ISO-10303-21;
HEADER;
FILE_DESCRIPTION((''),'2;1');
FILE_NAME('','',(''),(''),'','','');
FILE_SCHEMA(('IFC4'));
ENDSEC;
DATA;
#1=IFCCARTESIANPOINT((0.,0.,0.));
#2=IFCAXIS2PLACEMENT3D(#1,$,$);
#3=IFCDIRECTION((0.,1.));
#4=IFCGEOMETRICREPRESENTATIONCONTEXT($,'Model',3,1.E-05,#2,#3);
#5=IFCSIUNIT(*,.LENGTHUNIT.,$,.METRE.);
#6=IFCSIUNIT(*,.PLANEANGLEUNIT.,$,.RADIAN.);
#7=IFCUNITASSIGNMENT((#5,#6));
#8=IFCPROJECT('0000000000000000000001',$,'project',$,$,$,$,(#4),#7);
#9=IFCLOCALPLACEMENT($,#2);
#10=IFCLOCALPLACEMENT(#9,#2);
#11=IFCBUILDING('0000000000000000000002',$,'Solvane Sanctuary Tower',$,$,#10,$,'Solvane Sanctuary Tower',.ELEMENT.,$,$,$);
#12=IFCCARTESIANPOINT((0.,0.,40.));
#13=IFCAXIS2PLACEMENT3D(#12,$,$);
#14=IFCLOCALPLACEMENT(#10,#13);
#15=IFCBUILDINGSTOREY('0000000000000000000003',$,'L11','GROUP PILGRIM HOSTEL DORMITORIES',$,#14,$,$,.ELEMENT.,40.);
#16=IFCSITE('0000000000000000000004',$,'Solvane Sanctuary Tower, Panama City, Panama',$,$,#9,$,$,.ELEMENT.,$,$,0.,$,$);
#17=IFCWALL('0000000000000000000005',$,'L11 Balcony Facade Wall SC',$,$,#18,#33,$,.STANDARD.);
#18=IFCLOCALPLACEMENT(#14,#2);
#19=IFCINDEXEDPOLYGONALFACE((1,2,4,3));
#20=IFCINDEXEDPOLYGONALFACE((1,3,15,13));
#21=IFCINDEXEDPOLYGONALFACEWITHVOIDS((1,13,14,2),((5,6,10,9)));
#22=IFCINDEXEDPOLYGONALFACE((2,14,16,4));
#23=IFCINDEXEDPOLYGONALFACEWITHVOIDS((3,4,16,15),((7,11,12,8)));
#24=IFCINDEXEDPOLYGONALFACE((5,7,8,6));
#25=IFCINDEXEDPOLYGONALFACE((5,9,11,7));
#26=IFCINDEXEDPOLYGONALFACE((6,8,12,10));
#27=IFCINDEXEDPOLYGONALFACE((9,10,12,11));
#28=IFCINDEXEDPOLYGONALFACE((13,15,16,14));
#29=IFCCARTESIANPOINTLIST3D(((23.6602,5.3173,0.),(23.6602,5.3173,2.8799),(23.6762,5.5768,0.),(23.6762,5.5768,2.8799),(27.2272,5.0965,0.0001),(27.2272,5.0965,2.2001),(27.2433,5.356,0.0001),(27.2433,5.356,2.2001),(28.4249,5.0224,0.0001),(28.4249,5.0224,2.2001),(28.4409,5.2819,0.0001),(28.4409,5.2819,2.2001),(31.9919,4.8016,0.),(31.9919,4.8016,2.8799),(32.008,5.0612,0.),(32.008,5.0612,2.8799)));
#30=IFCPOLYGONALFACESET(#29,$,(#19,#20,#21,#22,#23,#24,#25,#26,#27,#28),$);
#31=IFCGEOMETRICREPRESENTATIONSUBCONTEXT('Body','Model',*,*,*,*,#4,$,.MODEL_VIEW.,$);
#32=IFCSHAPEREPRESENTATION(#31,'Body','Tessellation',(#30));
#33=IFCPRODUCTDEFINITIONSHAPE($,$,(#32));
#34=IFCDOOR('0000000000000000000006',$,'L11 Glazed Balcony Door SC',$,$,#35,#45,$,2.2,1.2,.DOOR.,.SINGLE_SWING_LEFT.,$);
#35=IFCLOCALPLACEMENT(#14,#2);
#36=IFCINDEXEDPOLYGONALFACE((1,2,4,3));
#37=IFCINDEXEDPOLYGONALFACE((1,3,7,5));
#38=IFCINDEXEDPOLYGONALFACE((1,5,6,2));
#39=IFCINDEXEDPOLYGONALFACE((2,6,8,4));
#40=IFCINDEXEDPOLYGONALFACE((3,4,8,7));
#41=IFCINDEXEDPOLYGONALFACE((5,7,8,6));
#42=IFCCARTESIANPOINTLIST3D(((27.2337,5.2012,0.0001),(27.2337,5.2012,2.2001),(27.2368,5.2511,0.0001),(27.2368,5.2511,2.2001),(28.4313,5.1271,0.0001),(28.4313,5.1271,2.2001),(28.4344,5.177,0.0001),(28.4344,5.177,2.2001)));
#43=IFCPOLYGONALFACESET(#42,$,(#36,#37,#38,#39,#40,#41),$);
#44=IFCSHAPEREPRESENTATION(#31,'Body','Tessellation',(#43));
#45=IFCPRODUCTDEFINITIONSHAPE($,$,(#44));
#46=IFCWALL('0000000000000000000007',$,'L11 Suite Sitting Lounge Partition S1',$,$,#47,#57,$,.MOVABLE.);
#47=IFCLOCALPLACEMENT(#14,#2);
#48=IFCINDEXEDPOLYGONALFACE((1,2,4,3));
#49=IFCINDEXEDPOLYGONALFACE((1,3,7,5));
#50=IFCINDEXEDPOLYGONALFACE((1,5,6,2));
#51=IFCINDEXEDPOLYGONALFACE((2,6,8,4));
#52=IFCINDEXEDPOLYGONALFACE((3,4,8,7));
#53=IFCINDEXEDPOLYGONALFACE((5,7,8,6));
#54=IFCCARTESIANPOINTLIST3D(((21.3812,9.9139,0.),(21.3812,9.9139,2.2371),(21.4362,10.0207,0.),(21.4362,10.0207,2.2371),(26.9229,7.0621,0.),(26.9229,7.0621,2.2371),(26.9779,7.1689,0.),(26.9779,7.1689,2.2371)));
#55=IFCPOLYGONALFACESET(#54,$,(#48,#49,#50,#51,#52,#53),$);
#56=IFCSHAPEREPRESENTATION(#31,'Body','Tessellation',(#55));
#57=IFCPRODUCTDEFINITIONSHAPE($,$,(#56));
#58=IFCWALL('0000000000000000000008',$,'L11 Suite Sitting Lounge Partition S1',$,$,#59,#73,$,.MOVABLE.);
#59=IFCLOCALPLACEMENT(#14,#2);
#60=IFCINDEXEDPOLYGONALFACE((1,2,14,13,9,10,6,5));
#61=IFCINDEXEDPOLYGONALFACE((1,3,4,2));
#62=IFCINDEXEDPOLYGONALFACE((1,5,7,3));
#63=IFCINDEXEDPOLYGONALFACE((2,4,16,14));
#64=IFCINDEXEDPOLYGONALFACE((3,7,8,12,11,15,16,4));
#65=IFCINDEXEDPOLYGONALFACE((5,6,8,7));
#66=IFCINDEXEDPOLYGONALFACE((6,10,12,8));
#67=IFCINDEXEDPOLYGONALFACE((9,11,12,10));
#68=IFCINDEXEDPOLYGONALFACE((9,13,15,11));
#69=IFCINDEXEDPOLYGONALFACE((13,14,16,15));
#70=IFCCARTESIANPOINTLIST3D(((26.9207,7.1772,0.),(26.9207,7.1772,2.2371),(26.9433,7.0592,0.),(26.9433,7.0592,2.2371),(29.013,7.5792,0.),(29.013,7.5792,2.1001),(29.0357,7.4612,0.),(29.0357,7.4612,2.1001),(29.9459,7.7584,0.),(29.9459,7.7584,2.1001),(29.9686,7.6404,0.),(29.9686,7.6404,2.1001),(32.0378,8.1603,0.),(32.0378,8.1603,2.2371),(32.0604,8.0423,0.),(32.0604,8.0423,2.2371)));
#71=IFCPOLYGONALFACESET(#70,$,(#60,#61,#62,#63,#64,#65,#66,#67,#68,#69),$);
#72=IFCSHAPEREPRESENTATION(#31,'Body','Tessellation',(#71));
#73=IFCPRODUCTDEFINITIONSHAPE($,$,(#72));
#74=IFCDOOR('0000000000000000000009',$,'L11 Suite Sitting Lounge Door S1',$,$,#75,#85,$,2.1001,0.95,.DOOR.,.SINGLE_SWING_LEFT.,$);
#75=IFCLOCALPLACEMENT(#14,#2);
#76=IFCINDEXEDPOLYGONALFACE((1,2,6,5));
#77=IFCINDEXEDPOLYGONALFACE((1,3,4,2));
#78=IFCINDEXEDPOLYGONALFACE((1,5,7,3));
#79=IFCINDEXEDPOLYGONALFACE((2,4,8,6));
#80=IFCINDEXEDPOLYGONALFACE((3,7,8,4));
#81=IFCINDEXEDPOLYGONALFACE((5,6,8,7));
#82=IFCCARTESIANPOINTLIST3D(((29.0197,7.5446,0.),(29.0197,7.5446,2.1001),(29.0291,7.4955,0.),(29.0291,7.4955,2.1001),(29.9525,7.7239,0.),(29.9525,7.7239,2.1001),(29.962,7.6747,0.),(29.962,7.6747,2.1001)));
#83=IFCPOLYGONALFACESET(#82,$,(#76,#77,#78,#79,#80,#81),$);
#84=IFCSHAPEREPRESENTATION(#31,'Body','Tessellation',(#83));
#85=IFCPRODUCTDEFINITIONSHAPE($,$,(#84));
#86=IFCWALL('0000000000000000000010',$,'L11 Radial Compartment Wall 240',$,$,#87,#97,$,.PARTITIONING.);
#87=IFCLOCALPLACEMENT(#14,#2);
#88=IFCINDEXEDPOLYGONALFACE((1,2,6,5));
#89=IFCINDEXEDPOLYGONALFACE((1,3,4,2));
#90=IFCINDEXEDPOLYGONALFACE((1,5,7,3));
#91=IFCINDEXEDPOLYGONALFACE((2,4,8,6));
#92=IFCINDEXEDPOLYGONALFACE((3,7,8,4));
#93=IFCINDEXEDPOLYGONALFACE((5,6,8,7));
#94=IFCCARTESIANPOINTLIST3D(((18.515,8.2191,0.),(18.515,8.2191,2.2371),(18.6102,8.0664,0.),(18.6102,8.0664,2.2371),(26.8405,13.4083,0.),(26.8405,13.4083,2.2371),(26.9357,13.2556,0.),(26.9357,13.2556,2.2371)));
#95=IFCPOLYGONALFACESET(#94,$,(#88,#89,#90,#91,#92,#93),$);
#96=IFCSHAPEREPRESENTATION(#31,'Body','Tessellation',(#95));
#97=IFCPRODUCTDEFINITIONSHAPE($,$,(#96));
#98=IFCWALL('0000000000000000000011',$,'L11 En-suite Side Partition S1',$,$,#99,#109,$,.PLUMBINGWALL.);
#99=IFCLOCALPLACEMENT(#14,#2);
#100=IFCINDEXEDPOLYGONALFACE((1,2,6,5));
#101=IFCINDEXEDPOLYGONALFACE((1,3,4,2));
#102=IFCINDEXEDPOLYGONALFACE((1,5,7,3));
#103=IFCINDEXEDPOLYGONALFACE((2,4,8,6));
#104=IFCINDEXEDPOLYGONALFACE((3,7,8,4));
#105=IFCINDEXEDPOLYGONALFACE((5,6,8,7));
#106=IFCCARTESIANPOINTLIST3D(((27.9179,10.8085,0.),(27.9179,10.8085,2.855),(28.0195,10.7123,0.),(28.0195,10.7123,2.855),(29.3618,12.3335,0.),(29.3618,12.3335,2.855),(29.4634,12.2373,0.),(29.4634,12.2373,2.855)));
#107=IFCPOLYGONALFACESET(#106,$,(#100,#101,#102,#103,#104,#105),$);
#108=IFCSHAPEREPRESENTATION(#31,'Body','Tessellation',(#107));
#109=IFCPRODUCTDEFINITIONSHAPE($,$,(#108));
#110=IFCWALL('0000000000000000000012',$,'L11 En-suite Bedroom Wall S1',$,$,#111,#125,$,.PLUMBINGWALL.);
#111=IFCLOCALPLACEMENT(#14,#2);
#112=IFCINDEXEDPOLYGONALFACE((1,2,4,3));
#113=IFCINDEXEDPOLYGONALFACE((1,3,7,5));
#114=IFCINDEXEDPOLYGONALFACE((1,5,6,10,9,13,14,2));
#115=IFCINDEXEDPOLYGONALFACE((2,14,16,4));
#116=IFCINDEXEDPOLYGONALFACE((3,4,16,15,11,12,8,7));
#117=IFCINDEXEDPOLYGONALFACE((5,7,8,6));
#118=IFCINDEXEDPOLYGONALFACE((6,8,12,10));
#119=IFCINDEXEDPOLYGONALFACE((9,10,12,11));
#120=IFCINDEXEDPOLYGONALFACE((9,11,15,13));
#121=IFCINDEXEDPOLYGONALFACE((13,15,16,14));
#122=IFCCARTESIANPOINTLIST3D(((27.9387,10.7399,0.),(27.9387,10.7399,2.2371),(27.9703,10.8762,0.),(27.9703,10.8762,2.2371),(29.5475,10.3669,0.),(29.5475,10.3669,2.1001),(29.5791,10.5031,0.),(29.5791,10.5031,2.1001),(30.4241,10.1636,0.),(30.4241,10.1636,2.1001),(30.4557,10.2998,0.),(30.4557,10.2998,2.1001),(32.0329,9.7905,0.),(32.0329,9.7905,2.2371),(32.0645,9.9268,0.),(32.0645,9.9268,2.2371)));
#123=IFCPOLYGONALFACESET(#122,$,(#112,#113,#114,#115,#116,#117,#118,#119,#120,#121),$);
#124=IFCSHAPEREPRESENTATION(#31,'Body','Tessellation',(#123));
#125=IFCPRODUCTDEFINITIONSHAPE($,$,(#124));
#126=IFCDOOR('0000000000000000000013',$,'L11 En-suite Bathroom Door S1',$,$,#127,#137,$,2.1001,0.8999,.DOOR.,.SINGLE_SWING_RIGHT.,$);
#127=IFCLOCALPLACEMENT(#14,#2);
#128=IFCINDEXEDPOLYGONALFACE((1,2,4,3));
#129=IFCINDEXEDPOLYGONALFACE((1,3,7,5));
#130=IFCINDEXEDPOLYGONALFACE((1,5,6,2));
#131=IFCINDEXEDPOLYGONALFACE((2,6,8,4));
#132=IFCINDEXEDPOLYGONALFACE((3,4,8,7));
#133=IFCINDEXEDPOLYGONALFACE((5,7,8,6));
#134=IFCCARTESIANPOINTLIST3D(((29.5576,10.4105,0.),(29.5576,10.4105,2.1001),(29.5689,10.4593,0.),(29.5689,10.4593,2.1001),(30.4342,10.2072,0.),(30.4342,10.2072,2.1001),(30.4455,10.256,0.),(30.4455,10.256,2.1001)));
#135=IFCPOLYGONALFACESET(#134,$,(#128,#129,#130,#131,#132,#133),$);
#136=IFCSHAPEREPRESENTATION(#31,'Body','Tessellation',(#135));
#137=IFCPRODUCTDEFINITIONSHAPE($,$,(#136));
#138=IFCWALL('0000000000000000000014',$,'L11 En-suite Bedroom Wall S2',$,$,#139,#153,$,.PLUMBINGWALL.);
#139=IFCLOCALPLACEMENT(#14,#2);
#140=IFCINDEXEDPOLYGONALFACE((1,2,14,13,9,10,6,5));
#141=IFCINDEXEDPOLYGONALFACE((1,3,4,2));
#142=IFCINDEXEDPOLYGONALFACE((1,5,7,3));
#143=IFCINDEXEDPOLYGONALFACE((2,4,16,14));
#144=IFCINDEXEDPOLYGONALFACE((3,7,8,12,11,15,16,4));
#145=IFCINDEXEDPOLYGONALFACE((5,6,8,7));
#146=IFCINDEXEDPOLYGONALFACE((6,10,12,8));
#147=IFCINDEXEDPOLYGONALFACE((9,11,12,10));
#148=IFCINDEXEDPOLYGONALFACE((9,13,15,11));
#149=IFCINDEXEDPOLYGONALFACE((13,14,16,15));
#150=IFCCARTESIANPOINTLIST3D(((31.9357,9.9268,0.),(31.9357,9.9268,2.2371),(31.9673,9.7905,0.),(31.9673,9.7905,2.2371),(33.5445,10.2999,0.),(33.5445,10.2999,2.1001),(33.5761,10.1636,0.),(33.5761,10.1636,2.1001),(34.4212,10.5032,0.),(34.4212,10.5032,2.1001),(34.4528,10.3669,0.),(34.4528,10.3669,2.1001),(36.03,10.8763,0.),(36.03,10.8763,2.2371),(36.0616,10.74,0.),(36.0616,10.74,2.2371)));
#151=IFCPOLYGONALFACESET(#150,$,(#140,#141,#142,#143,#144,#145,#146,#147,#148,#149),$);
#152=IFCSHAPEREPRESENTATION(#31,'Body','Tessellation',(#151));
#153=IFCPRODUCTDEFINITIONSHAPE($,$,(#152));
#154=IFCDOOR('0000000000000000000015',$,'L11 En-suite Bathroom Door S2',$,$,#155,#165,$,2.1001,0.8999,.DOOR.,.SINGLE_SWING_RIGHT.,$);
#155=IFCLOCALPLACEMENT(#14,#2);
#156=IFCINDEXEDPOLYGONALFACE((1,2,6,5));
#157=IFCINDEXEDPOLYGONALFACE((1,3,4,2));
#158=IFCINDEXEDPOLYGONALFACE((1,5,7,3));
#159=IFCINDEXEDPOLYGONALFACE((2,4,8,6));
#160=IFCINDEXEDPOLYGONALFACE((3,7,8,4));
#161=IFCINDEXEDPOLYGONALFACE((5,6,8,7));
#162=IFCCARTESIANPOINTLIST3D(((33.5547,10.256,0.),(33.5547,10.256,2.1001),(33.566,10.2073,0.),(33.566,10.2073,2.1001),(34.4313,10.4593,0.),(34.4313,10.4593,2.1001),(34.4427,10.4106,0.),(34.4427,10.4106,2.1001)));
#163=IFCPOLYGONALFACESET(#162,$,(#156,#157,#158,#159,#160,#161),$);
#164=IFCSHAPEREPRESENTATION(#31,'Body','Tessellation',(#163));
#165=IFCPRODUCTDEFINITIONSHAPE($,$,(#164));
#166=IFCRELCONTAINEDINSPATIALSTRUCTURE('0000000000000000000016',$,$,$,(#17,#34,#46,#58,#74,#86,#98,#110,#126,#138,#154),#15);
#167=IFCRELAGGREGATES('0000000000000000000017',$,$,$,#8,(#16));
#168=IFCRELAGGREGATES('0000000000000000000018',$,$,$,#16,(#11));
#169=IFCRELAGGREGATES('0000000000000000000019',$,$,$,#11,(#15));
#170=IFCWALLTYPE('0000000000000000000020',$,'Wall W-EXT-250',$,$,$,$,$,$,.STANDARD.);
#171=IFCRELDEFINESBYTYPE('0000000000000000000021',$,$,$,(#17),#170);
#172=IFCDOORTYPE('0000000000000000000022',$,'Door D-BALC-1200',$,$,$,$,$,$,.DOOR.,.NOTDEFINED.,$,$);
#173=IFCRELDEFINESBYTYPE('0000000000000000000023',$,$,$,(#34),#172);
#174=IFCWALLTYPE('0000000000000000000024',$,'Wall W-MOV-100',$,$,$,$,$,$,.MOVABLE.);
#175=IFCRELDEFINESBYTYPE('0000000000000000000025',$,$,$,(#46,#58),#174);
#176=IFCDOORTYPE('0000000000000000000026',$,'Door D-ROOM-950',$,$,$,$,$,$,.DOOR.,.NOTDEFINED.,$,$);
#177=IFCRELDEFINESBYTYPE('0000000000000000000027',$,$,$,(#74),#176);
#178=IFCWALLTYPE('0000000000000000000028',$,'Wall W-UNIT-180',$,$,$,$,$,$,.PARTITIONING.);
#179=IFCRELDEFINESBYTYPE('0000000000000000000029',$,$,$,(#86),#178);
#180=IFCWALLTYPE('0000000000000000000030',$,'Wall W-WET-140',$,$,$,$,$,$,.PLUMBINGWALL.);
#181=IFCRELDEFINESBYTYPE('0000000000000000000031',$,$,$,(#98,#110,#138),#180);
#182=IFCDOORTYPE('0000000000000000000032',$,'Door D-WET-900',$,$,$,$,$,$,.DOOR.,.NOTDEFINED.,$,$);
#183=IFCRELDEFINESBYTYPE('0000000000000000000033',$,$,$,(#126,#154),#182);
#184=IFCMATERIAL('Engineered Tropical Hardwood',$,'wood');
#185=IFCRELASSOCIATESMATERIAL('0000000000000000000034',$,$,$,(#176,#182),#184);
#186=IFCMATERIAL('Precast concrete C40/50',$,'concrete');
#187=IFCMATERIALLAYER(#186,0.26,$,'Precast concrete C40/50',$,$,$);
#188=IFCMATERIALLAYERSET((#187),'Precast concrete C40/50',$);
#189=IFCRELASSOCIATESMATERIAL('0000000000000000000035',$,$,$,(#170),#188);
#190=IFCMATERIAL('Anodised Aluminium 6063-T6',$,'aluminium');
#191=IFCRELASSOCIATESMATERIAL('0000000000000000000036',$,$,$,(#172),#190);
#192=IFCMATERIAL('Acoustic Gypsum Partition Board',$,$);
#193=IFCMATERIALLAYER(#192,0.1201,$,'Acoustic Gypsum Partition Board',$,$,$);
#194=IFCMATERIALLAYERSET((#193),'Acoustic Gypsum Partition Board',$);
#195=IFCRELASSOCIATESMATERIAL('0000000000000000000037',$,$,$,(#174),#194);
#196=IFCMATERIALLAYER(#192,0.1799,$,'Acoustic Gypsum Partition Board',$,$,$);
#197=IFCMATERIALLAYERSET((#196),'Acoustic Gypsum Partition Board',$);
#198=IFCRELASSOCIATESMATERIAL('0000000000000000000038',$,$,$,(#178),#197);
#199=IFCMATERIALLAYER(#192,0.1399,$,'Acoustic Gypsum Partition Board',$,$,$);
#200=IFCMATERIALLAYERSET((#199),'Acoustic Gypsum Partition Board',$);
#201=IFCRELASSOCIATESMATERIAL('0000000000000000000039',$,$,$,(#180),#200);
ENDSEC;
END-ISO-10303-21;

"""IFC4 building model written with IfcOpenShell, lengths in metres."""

from ifc_helpers import new_model, si_unit, direction, frame, frame_2d, origin, place, context, subcontext, project, spatial, rectangle, extrude, material, layer, layer_set, type_object, element, fill, save


model = new_model("IFC4")

# Units and contexts
model_context = context("Model", 3, precision=1e-05, world=origin(), true_north=direction((0.0, 1.0)))
body_context = subcontext(model_context, "Body", "Model", "MODEL_VIEW")
ifc_project = project(units=[si_unit("LENGTHUNIT", "METRE"), si_unit("PLANEANGLEUNIT", "RADIAN")], contexts=[model_context])

# Site, building, storey
site_placement = place(None, origin())
site = spatial("IfcSite", under=ifc_project, at=site_placement, Name="Solvane Sanctuary Tower, Panama City, Panama", CompositionType="ELEMENT", RefElevation=0.0)
building_placement = place(site_placement, origin())
building = spatial("IfcBuilding", under=site, at=building_placement, Name="Solvane Sanctuary Tower", LongName="Solvane Sanctuary Tower", CompositionType="ELEMENT")
storey_placement = place(building_placement, frame((0.0, 0.0, 40.0)))
storey = spatial("IfcBuildingStorey", under=building, at=storey_placement, Name="L11", Description="GROUP PILGRIM HOSTEL DORMITORIES", CompositionType="ELEMENT", Elevation=40.0)

# Shared definitions
ifc_material_1 = material(Name="Acoustic Gypsum Partition Board")

# Shared definitions
ifc_material_2 = material(Name="Engineered Tropical Hardwood", Category="wood")
door_type_1 = type_object("IfcDoorType", Name="Door D-ROOM-950", OperationType="NOTDEFINED", PredefinedType="DOOR", material=ifc_material_2)

# Wall, opening, door
ifc_material_3 = material(Name="Precast concrete C40/50", Category="concrete")
ifc_layer_1 = layer(ifc_material_3, 0.26, Name="Precast concrete C40/50")
ifc_layer_set_1 = layer_set([ifc_layer_1], Name="Precast concrete C40/50")
wall_type_1 = type_object("IfcWallType", Name="Wall W-EXT-250", PredefinedType="STANDARD", material=ifc_layer_set_1)
wall_1_placement = place(storey_placement, frame((23.6682, 5.447, 0.0), z_axis=(0.0, 0.0, 1.0), x_axis=(0.998091, -0.061768, 0.0)))
wall_1 = element("IfcWall", 1, at=wall_1_placement, inside=storey, type_object=wall_type_1, Name="L11 Balcony Facade Wall SC", PredefinedType="STANDARD", context=body_context, shape_type="SweptSolid", body=[
    extrude(rectangle(XDim=8.3477, YDim=0.26, at=frame_2d((4.1738, 0.0))), origin(), (0.0, 0.0, 1.0), 2.8799),
])
opening_1_placement = place(wall_1_placement, frame((3.5737, 0.0, 0.0)))
opening_1 = element("IfcOpeningElement", 2, at=opening_1_placement, cuts=wall_1, PredefinedType="OPENING", context=body_context, shape_type="SweptSolid", body=[
    extrude(rectangle(XDim=1.2, YDim=2.2, at=frame_2d((0.6001, 1.1001))), frame((0.0, 0.1399, 0.0), z_axis=(0.0, -1.0, 0.0), x_axis=(1.0, 0.0, 0.0)), (0.0, 0.0, 1.0), 0.28),
])
ifc_material_4 = material(Name="Anodised Aluminium 6063-T6", Category="aluminium")
door_type_2 = type_object("IfcDoorType", Name="Door D-BALC-1200", OperationType="NOTDEFINED", PredefinedType="DOOR", material=ifc_material_4)
door_1_placement = place(opening_1_placement, origin())
door_1 = element("IfcDoor", 3, at=door_1_placement, inside=storey, type_object=door_type_2, Name="L11 Glazed Balcony Door SC", OperationType="SINGLE_SWING_LEFT", OverallHeight=2.2, OverallWidth=1.2, PredefinedType="DOOR", context=body_context, shape_type="SweptSolid", body=[
    extrude(rectangle(XDim=1.2, YDim=2.2, at=frame_2d((0.6001, 1.1001))), frame((0.0, 0.0249, 0.0), z_axis=(0.0, -1.0, 0.0), x_axis=(1.0, 0.0, 0.0)), (0.0, 0.0, 1.0), 0.05),
])
fill(opening_1, door_1)

# Wall
ifc_layer_2 = layer(ifc_material_1, 0.1201, Name="Acoustic Gypsum Partition Board")
ifc_layer_set_2 = layer_set([ifc_layer_2], Name="Acoustic Gypsum Partition Board")
wall_type_2 = type_object("IfcWallType", Name="Wall W-MOV-100", PredefinedType="MOVABLE", material=ifc_layer_set_2)
wall_2_placement = place(storey_placement, frame((21.4087, 9.9673, 0.0), z_axis=(0.0, 0.0, 1.0), x_axis=(0.889173, -0.457572, 0.0)))
element("IfcWall", 4, at=wall_2_placement, inside=storey, type_object=wall_type_2, Name="L11 Suite Sitting Lounge Partition S1", PredefinedType="MOVABLE", context=body_context, shape_type="SweptSolid", body=[
    extrude(rectangle(XDim=6.2324, YDim=0.1201, at=frame_2d((3.1162, 0.0))), origin(), (0.0, 0.0, 1.0), 2.2371),
])

# Wall, opening, door
wall_3_placement = place(storey_placement, frame((26.9319, 7.1182, 0.0), z_axis=(0.0, 0.0, 1.0), x_axis=(0.982039, 0.188677, 0.0)))
wall_3 = element("IfcWall", 5, at=wall_3_placement, inside=storey, type_object=wall_type_2, Name="L11 Suite Sitting Lounge Partition S1", PredefinedType="MOVABLE", context=body_context, shape_type="SweptSolid", body=[
    extrude(rectangle(XDim=5.2107, YDim=0.1201, at=frame_2d((2.6055, 0.0))), origin(), (0.0, 0.0, 1.0), 2.2371),
])
opening_2_placement = place(wall_3_placement, frame((2.1306, 0.0, 0.0)))
opening_2 = element("IfcOpeningElement", 6, at=opening_2_placement, cuts=wall_3, PredefinedType="OPENING", context=body_context, shape_type="SweptSolid", body=[
    extrude(rectangle(XDim=0.95, YDim=2.1001, at=frame_2d((0.4751, 1.05))), frame((0.0, 0.0701, 0.0), z_axis=(0.0, -1.0, 0.0), x_axis=(1.0, 0.0, 0.0)), (0.0, 0.0, 1.0), 0.1401),
])
door_2_placement = place(opening_2_placement, origin())
door_2 = element("IfcDoor", 7, at=door_2_placement, inside=storey, type_object=door_type_1, Name="L11 Suite Sitting Lounge Door S1", OperationType="SINGLE_SWING_LEFT", OverallHeight=2.1001, OverallWidth=0.95, PredefinedType="DOOR", context=body_context, shape_type="SweptSolid", body=[
    extrude(rectangle(XDim=0.95, YDim=2.1001, at=frame_2d((0.4751, 1.05))), frame((0.0, 0.0249, 0.0), z_axis=(0.0, -1.0, 0.0), x_axis=(1.0, 0.0, 0.0)), (0.0, 0.0, 1.0), 0.05),
])
fill(opening_2, door_2)

# Walls
ifc_layer_3 = layer(ifc_material_1, 0.1799, Name="Acoustic Gypsum Partition Board")
ifc_layer_set_3 = layer_set([ifc_layer_3], Name="Acoustic Gypsum Partition Board")
wall_type_3 = type_object("IfcWallType", Name="Wall W-UNIT-180", PredefinedType="PARTITIONING", material=ifc_layer_set_3)
wall_4_placement = place(storey_placement, frame((26.8882, 13.332, 0.0), z_axis=(0.0, 0.0, 1.0), x_axis=(-0.848648, -0.528958, 0.0)))
element("IfcWall", 8, at=wall_4_placement, inside=storey, type_object=wall_type_3, Name="L11 Radial Compartment Wall 240", PredefinedType="PARTITIONING", context=body_context, shape_type="SweptSolid", body=[
    extrude(rectangle(XDim=9.8103, YDim=0.1799, at=frame_2d((4.9053, 0.0))), origin(), (0.0, 0.0, 1.0), 2.2371),
])
ifc_layer_4 = layer(ifc_material_1, 0.1399, Name="Acoustic Gypsum Partition Board")
ifc_layer_set_4 = layer_set([ifc_layer_4], Name="Acoustic Gypsum Partition Board")
wall_type_4 = type_object("IfcWallType", Name="Wall W-WET-140", PredefinedType="PLUMBINGWALL", material=ifc_layer_set_4)
wall_5_placement = place(storey_placement, frame((29.4126, 12.2854, 0.0), z_axis=(0.0, 0.0, 1.0), x_axis=(-0.687545, -0.726142, 0.0)))
element("IfcWall", 9, at=wall_5_placement, inside=storey, type_object=wall_type_4, Name="L11 En-suite Side Partition S1", PredefinedType="PLUMBINGWALL", context=body_context, shape_type="SweptSolid", body=[
    extrude(rectangle(XDim=2.1001, YDim=0.1399, at=frame_2d((1.05, 0.0))), origin(), (0.0, 0.0, 1.0), 2.855),
])

# Walls, openings, doors
wall_6_placement = place(storey_placement, frame((27.9543, 10.8081, 0.0), z_axis=(0.0, 0.0, 1.0), x_axis=(0.974149, -0.225907, 0.0)))
wall_6 = element("IfcWall", 10, at=wall_6_placement, inside=storey, type_object=wall_type_4, Name="L11 En-suite Bedroom Wall S1", PredefinedType="PLUMBINGWALL", context=body_context, shape_type="SweptSolid", body=[
    extrude(rectangle(XDim=4.2029, YDim=0.1399, at=frame_2d((2.1016, 0.0))), origin(), (0.0, 0.0, 1.0), 2.2371),
])
opening_3_placement = place(wall_6_placement, frame((1.6516, 0.0, 0.0)))
opening_3 = element("IfcOpeningElement", 11, at=opening_3_placement, cuts=wall_6, PredefinedType="OPENING", context=body_context, shape_type="SweptSolid", body=[
    extrude(rectangle(XDim=0.8999, YDim=2.1001, at=frame_2d((0.45, 1.05))), frame((0.0, 0.0798, 0.0), z_axis=(0.0, -1.0, 0.0), x_axis=(1.0, 0.0, 0.0)), (0.0, 0.0, 1.0), 0.1599),
])
door_type_3 = type_object("IfcDoorType", Name="Door D-WET-900", OperationType="NOTDEFINED", PredefinedType="DOOR", material=ifc_material_2)
door_3_placement = place(opening_3_placement, origin())
door_3 = element("IfcDoor", 12, at=door_3_placement, inside=storey, type_object=door_type_3, Name="L11 En-suite Bathroom Door S1", OperationType="SINGLE_SWING_RIGHT", OverallHeight=2.1001, OverallWidth=0.8999, PredefinedType="DOOR", context=body_context, shape_type="SweptSolid", body=[
    extrude(rectangle(XDim=0.8999, YDim=2.1001, at=frame_2d((0.45, 1.05))), frame((0.0, 0.0249, 0.0), z_axis=(0.0, -1.0, 0.0), x_axis=(1.0, 0.0, 0.0)), (0.0, 0.0, 1.0), 0.05),
])
fill(opening_3, door_3)
wall_7_placement = place(storey_placement, frame((31.9514, 9.8586, 0.0), z_axis=(0.0, 0.0, 1.0), x_axis=(0.974149, 0.225907, 0.0)))
wall_7 = element("IfcWall", 13, at=wall_7_placement, inside=storey, type_object=wall_type_4, Name="L11 En-suite Bedroom Wall S2", PredefinedType="PLUMBINGWALL", context=body_context, shape_type="SweptSolid", body=[
    extrude(rectangle(XDim=4.2029, YDim=0.1399, at=frame_2d((2.1016, 0.0))), origin(), (0.0, 0.0, 1.0), 2.2371),
])
opening_4_placement = place(wall_7_placement, frame((1.6516, 0.0, 0.0)))
opening_4 = element("IfcOpeningElement", 14, at=opening_4_placement, cuts=wall_7, PredefinedType="OPENING", context=body_context, shape_type="SweptSolid", body=[
    extrude(rectangle(XDim=0.8999, YDim=2.1001, at=frame_2d((0.45, 1.05))), frame((0.0, 0.0798, 0.0), z_axis=(0.0, -1.0, 0.0), x_axis=(1.0, 0.0, 0.0)), (0.0, 0.0, 1.0), 0.1599),
])
door_4_placement = place(opening_4_placement, origin())
door_4 = element("IfcDoor", 15, at=door_4_placement, inside=storey, type_object=door_type_3, Name="L11 En-suite Bathroom Door S2", OperationType="SINGLE_SWING_RIGHT", OverallHeight=2.1001, OverallWidth=0.8999, PredefinedType="DOOR", context=body_context, shape_type="SweptSolid", body=[
    extrude(rectangle(XDim=0.8999, YDim=2.1001, at=frame_2d((0.45, 1.05))), frame((0.0, 0.0249, 0.0), z_axis=(0.0, -1.0, 0.0), x_axis=(1.0, 0.0, 0.0)), (0.0, 0.0, 1.0), 0.05),
])
fill(opening_4, door_4)

save(model, "model.ifc")
